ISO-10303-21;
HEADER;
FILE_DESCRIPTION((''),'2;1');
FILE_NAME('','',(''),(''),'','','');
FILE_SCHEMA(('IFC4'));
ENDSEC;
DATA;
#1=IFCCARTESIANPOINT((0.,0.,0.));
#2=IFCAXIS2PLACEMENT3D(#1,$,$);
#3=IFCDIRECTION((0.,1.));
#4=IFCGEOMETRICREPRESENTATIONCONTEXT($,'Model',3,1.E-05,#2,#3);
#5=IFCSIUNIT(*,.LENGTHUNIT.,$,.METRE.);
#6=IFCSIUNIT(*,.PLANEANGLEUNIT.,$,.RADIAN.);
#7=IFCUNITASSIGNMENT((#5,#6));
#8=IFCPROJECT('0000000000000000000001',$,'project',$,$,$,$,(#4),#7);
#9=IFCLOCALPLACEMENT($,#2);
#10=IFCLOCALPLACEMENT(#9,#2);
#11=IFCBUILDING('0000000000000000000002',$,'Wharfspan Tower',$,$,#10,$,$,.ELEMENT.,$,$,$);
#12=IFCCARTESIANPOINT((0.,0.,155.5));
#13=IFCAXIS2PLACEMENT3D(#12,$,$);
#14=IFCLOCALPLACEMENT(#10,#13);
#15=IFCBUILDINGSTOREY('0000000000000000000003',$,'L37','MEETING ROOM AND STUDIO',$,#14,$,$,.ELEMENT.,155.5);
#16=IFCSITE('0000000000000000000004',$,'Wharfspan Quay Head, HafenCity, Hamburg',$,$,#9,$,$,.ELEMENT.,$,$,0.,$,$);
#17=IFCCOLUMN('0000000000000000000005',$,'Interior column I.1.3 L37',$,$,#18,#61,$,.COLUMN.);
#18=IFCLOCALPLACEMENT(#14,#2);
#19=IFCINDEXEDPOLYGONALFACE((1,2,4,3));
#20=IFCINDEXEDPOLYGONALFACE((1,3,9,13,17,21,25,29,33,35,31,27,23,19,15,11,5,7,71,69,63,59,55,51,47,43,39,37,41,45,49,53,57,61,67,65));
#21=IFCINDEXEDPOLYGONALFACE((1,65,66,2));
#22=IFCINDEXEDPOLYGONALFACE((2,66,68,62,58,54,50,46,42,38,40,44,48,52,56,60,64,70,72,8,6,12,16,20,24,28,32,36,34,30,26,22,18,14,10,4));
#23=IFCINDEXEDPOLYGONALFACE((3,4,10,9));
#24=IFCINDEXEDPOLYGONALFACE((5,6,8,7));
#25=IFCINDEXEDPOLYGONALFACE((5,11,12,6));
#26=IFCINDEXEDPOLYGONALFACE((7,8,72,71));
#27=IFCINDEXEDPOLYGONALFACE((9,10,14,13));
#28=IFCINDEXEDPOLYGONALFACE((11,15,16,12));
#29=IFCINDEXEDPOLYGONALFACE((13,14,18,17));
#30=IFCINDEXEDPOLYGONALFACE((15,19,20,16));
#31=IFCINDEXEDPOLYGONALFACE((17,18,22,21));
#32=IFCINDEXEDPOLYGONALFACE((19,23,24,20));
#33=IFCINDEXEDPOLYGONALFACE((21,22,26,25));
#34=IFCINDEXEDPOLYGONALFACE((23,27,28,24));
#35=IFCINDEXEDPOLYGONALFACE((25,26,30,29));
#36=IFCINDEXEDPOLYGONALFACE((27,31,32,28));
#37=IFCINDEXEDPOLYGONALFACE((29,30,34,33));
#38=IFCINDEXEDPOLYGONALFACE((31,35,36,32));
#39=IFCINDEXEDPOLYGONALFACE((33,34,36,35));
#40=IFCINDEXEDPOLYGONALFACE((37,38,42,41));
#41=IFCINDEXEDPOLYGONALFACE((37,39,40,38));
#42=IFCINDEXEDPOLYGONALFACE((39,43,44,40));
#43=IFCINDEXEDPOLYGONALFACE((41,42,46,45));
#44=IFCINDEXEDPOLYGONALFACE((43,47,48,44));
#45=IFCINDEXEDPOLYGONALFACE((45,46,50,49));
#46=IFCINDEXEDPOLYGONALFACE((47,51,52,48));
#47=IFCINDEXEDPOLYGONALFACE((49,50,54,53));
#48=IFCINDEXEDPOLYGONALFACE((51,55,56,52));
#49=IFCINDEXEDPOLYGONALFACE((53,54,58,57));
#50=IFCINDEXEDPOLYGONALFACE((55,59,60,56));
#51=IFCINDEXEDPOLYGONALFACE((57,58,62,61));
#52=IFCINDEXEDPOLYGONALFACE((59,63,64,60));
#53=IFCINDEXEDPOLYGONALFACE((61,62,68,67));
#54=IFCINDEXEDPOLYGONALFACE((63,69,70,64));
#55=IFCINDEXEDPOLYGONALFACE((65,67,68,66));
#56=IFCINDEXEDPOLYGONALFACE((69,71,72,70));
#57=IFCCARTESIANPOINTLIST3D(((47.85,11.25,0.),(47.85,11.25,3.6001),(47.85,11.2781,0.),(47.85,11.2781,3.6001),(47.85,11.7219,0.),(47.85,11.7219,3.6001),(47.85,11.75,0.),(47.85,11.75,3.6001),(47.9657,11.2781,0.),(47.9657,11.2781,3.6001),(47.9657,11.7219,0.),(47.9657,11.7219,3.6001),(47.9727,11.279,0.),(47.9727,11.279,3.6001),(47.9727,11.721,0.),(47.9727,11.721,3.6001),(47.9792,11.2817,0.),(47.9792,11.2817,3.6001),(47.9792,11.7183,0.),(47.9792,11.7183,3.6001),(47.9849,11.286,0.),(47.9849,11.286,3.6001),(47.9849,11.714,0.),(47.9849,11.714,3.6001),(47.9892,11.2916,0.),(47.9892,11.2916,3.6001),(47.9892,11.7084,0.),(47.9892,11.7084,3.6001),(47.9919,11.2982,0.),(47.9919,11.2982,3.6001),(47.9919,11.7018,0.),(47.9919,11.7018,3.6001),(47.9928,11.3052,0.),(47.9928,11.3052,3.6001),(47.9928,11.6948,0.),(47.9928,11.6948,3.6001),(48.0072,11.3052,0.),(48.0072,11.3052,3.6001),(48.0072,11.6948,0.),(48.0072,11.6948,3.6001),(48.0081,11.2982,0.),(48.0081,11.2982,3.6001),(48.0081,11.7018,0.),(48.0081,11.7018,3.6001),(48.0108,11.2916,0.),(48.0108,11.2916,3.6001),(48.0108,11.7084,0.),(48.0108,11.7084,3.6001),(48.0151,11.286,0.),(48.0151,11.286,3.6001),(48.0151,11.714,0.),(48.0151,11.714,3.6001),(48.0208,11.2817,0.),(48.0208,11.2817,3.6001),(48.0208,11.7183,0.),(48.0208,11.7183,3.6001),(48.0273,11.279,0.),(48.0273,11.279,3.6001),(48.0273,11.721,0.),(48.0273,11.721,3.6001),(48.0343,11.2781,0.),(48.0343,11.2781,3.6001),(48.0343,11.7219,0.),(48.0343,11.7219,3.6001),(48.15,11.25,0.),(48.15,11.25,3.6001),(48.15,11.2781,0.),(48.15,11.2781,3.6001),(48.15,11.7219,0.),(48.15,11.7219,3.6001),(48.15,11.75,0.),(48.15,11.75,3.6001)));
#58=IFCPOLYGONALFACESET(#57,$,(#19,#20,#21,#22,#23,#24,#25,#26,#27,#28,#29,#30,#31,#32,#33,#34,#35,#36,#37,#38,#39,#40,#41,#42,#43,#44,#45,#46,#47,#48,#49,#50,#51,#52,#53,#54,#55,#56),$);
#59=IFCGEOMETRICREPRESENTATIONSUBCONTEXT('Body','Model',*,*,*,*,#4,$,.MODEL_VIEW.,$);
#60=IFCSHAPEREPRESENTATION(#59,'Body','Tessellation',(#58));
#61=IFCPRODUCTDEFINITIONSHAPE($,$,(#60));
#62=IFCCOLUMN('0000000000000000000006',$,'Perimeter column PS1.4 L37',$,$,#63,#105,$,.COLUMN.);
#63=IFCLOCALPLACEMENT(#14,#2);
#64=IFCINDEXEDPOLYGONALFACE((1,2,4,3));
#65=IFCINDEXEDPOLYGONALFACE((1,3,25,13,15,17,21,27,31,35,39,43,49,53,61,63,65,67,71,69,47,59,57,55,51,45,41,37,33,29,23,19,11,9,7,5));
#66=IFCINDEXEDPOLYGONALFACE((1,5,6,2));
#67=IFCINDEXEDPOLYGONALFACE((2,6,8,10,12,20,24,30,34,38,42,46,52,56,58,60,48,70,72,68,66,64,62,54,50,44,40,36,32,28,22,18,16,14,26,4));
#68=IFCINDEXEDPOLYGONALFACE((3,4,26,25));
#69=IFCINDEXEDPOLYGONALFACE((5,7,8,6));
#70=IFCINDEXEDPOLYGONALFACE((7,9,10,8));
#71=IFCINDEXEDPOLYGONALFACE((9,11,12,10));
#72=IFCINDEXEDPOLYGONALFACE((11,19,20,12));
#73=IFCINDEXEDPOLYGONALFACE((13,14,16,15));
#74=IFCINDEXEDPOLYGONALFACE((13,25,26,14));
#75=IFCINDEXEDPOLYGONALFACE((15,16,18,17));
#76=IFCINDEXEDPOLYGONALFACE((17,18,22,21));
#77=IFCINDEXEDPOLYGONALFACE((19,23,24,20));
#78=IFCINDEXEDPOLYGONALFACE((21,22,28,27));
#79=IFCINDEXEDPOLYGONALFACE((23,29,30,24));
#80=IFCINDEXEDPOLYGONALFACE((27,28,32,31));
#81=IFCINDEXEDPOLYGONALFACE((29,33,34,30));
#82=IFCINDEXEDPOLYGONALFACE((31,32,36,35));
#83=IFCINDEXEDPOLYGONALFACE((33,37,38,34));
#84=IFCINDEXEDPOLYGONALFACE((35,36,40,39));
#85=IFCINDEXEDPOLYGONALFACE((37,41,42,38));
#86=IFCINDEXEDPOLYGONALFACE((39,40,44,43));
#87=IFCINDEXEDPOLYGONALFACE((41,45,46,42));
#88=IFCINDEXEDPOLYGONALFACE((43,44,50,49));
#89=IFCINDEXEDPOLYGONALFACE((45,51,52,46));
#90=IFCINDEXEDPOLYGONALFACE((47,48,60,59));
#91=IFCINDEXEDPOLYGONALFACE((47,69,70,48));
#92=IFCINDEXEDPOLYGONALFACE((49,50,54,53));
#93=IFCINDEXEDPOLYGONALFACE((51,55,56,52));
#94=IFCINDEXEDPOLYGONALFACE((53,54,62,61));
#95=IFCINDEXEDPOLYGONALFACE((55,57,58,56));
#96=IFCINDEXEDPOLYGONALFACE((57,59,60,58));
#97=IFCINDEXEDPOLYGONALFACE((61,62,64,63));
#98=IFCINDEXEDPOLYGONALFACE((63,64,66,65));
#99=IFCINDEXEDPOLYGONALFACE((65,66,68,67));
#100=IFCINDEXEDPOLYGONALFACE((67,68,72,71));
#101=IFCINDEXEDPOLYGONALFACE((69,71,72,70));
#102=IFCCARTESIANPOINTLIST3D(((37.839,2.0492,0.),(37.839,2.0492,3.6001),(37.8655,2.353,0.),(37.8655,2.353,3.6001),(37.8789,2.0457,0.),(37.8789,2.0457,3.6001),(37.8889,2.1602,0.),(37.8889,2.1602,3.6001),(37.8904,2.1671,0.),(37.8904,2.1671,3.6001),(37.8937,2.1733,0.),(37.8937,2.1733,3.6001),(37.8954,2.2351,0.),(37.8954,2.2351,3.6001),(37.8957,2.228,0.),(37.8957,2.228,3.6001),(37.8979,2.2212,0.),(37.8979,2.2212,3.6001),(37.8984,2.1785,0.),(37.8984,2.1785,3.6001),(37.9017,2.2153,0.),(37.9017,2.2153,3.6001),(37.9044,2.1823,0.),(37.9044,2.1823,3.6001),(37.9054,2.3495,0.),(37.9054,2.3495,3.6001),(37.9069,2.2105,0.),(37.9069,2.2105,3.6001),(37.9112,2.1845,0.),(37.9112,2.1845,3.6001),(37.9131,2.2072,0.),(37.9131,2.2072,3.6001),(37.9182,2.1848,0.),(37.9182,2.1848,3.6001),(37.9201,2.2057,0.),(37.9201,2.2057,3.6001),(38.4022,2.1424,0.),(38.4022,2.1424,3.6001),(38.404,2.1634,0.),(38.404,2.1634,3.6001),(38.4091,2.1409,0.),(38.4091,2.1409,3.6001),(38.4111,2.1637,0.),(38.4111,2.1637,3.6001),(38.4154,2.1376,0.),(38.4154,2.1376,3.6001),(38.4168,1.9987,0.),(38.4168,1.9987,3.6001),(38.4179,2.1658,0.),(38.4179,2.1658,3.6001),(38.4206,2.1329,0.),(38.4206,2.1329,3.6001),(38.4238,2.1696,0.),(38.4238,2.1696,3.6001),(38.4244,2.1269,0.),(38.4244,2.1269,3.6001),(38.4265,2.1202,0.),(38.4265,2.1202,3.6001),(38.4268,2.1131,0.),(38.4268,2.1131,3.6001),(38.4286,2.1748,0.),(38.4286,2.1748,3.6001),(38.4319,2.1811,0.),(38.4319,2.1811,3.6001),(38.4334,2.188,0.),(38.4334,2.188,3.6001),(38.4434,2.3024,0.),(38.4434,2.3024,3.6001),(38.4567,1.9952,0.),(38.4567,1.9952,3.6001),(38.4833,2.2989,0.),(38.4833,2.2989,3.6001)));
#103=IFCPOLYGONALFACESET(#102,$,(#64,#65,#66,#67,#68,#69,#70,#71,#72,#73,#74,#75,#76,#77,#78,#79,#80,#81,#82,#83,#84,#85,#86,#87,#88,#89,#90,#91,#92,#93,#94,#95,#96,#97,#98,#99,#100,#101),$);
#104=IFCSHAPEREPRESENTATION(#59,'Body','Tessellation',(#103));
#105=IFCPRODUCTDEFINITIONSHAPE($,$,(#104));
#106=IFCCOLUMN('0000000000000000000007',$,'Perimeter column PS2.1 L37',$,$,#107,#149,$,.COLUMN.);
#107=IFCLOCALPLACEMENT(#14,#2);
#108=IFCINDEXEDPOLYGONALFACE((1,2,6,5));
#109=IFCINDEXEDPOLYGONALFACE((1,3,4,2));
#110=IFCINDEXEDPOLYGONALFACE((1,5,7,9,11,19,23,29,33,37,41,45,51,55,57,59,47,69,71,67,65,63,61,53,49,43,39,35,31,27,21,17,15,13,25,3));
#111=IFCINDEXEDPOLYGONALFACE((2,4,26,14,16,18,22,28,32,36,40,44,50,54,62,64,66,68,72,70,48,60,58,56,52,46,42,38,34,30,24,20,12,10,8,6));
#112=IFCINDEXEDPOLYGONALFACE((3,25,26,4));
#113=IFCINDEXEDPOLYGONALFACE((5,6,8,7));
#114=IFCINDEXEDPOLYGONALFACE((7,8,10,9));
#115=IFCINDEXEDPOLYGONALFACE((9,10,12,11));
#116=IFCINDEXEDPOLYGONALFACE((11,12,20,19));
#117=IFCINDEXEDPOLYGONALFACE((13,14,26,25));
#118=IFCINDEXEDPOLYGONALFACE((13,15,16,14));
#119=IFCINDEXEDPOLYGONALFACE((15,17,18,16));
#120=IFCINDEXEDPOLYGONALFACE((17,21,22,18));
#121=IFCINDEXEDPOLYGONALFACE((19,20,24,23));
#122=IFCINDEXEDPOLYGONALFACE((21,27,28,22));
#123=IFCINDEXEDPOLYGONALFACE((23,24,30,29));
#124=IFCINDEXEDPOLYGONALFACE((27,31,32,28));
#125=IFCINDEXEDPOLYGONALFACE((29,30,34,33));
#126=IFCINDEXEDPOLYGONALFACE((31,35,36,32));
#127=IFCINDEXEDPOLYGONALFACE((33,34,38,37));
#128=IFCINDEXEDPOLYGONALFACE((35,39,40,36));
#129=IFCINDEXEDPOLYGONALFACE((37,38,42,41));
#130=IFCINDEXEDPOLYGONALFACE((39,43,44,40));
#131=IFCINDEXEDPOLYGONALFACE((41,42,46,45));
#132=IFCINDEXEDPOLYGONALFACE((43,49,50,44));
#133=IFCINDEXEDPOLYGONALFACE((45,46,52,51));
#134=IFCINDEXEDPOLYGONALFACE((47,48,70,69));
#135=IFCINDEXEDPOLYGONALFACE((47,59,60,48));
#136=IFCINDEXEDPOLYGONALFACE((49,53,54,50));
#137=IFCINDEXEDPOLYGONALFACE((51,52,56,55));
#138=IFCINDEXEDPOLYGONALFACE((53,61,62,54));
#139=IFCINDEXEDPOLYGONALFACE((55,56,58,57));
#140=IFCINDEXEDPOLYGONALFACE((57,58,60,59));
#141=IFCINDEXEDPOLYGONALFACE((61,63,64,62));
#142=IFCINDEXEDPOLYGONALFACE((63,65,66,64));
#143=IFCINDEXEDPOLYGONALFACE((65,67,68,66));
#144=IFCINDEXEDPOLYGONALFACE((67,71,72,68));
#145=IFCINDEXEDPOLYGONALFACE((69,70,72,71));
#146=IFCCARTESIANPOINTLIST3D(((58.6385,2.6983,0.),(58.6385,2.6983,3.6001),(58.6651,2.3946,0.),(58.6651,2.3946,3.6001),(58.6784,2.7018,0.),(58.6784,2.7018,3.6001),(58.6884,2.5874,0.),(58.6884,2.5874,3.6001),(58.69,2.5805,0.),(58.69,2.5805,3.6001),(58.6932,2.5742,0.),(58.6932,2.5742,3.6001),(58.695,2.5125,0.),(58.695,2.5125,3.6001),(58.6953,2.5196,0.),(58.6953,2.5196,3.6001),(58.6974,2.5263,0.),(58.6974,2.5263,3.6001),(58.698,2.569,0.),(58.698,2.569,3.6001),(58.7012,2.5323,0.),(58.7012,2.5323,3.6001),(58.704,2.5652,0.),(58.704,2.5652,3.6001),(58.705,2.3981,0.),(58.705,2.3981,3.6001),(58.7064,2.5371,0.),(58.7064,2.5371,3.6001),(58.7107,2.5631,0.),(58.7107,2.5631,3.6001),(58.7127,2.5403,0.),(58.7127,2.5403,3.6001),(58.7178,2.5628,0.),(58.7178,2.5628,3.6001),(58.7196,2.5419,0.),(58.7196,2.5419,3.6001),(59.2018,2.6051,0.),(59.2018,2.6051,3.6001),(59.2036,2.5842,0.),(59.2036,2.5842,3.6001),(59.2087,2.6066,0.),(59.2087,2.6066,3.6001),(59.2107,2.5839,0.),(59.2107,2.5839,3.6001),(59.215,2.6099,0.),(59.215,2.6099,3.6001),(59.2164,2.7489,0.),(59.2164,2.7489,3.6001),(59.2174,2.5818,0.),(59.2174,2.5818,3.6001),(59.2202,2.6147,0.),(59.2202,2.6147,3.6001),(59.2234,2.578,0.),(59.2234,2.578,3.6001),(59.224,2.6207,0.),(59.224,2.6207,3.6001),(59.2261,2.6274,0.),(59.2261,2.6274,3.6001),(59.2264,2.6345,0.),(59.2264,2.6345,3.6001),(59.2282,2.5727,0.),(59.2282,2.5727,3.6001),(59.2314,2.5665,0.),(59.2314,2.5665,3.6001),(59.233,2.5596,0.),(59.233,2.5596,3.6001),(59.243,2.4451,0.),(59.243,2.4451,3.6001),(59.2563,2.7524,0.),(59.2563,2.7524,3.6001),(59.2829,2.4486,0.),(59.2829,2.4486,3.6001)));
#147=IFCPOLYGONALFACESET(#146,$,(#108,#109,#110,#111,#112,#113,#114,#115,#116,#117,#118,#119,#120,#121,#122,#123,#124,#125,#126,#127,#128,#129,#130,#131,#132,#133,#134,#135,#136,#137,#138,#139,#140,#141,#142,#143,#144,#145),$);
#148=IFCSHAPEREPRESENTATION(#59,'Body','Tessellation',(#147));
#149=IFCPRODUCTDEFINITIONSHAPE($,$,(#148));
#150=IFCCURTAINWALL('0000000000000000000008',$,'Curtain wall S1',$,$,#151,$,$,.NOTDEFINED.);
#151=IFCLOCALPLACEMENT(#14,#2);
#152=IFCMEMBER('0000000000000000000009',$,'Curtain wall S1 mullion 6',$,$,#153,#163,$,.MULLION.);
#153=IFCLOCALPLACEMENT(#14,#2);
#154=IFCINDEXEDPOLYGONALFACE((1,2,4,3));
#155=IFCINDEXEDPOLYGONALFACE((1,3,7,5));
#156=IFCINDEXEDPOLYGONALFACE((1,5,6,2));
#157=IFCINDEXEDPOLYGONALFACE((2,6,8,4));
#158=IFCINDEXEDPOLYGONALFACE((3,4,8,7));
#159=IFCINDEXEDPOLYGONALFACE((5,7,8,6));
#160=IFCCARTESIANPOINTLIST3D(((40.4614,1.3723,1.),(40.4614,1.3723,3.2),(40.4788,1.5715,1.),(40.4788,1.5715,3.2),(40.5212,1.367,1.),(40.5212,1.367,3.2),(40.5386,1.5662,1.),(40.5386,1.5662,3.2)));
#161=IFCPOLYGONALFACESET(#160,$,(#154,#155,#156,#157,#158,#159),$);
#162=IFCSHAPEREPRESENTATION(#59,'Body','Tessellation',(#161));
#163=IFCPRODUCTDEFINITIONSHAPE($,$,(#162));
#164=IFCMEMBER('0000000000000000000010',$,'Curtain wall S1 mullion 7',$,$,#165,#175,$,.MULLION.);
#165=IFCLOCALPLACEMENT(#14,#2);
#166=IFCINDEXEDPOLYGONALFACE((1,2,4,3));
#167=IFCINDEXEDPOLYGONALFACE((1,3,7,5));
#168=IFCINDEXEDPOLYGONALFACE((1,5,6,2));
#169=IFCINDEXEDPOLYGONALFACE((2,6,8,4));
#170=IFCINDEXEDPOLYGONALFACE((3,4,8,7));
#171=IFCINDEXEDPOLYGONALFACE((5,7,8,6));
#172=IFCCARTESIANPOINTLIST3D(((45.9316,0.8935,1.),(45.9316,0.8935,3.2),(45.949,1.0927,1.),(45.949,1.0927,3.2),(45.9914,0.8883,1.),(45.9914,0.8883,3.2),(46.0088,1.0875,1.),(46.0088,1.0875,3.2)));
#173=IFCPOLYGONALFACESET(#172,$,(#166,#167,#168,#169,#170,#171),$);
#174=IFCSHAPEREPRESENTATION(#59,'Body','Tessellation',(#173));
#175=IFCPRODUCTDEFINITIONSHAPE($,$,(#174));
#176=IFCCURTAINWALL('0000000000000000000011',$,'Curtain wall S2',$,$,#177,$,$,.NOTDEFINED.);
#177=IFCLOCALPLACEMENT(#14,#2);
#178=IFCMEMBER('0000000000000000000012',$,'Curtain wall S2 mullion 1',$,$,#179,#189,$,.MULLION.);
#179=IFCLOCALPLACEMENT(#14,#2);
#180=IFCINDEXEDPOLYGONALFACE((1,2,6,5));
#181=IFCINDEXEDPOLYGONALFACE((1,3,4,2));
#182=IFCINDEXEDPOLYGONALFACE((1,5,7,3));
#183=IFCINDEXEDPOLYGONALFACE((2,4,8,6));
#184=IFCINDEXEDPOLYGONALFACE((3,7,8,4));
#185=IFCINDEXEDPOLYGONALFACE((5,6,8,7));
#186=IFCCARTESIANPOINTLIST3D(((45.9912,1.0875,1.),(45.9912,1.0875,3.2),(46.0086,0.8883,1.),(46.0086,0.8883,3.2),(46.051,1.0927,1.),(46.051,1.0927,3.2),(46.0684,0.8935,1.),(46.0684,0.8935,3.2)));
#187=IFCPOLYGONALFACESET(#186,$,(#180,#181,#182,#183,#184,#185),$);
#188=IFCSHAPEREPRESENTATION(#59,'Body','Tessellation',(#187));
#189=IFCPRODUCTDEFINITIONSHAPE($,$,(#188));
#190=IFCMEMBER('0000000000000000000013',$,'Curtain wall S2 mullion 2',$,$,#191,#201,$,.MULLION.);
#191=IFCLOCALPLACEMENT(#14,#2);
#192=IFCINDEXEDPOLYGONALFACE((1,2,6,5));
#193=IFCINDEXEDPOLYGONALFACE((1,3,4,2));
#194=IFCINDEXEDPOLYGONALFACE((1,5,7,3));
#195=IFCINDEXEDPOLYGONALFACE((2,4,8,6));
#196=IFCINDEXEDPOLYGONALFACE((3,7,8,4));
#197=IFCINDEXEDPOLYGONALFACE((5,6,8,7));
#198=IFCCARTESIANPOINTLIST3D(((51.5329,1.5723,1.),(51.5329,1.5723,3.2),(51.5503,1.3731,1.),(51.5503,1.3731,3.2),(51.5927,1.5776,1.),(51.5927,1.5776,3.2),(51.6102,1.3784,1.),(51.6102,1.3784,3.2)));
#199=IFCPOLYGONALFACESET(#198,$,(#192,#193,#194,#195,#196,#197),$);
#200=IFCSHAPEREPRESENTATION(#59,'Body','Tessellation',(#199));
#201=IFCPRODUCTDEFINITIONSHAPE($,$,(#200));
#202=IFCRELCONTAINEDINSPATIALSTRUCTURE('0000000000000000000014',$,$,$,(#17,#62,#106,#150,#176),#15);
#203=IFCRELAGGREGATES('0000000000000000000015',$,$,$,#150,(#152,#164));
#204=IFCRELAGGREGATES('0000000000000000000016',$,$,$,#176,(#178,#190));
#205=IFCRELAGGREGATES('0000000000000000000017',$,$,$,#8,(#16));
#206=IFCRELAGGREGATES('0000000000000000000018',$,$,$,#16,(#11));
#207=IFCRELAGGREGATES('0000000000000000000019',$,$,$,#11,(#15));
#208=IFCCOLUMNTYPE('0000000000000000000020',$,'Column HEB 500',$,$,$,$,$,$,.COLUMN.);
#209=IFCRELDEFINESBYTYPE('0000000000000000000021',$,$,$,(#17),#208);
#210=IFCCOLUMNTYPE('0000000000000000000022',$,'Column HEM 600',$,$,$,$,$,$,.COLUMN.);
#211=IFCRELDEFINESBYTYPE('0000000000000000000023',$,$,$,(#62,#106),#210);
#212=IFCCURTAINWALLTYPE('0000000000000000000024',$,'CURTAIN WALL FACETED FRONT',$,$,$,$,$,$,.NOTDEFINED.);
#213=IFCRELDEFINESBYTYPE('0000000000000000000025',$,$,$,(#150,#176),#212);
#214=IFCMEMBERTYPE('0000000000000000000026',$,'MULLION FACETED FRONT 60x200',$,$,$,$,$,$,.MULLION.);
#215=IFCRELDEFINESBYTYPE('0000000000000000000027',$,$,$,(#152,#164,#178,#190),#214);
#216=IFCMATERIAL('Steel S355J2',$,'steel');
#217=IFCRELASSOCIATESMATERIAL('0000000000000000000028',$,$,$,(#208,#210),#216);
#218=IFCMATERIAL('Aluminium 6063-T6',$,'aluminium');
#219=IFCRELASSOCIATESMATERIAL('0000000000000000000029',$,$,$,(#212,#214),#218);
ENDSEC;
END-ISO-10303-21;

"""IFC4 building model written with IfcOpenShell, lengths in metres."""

from ifc_helpers import new_model, si_unit, direction, frame, origin, origin_2d, place, context, subcontext, project, spatial, rectangle, i_section, extrude, material, material_profile, profile_set, type_object, element, aggregate, save


model = new_model("IFC4")

# Units and contexts
model_context = context("Model", 3, precision=1e-05, world=origin(), true_north=direction((0.0, 1.0)))
body_context = subcontext(model_context, "Body", "Model", "MODEL_VIEW")
ifc_project = project(units=[si_unit("LENGTHUNIT", "METRE"), si_unit("PLANEANGLEUNIT", "RADIAN")], contexts=[model_context])

# Site, building, storey
site_placement = place(None, origin())
site = spatial("IfcSite", under=ifc_project, at=site_placement, Name="Wharfspan Quay Head, HafenCity, Hamburg", CompositionType="ELEMENT", RefElevation=0.0)
building_placement = place(site_placement, origin())
building = spatial("IfcBuilding", under=site, at=building_placement, Name="Wharfspan Tower", CompositionType="ELEMENT")
storey_placement = place(building_placement, frame((0.0, 0.0, 155.5)))
storey = spatial("IfcBuildingStorey", under=building, at=storey_placement, Name="L37", Description="MEETING ROOM AND STUDIO", CompositionType="ELEMENT", Elevation=155.5)

# Columns
ifc_material_1 = material(Name="Steel S355J2", Category="steel")
ifc_material_profile_1 = material_profile(ifc_material_1, i_section(OverallWidth=0.3, OverallDepth=0.5, WebThickness=0.0144, FlangeThickness=0.0281, FilletRadius=0.0271, at=origin_2d()))
ifc_profile_set_1 = profile_set([ifc_material_profile_1], Name="Steel S355J2")
column_type_1 = type_object("IfcColumnType", Name="Column HEB 500", PredefinedType="COLUMN", material=ifc_profile_set_1)
column_placement = place(storey_placement, frame((48.0, 11.5, 0.0), z_axis=(0.0, 0.0, 1.0), x_axis=(1.0, 0.0, 0.0)))
element("IfcColumn", 1, at=column_placement, inside=storey, type_object=column_type_1, Name="Interior column I.1.3 L37", PredefinedType="COLUMN", context=body_context, shape_type="SweptSolid", body=[
    extrude(i_section(OverallWidth=0.3, OverallDepth=0.5, WebThickness=0.0144, FlangeThickness=0.0281, FilletRadius=0.0271, at=origin_2d()), origin(), (0.0, 0.0, 1.0), 3.6001),
])
ifc_material_profile_2 = material_profile(ifc_material_1, i_section(OverallWidth=0.3049, OverallDepth=0.6201, WebThickness=0.021, FlangeThickness=0.04, FilletRadius=0.0271, at=origin_2d()))
ifc_profile_set_2 = profile_set([ifc_material_profile_2], Name="Steel S355J2")
column_type_2 = type_object("IfcColumnType", Name="Column HEM 600", PredefinedType="COLUMN", material=ifc_profile_set_2)
for number, where, z_axis, x_axis, name in (
    (2, (38.1611, 2.1741, 0.0), (0.0, 0.0, 1.0), (-0.087156, -0.996198, 0.0), "Perimeter column PS1.4 L37"),
    (3, (58.9607, 2.5735, 0.0), (0.0, 0.0, 1.0), (0.087156, -0.996198, 0.0), "Perimeter column PS2.1 L37"),
):
    element("IfcColumn", number, at=place(storey_placement, frame(where, z_axis=z_axis, x_axis=x_axis)), inside=storey, type_object=column_type_2, Name=name, PredefinedType="COLUMN", context=body_context, shape_type="SweptSolid", body=[
        extrude(i_section(OverallWidth=0.3049, OverallDepth=0.6201, WebThickness=0.021, FlangeThickness=0.04, FilletRadius=0.0271, at=origin_2d()), origin(), (0.0, 0.0, 1.0), 3.6001),
    ])

# Curtain walls, members
ifc_material_2 = material(Name="Aluminium 6063-T6", Category="aluminium")
curtain_wall_type = type_object("IfcCurtainWallType", Name="CURTAIN WALL FACETED FRONT", PredefinedType="NOTDEFINED", material=ifc_material_2)
curtain_wall_1_placement = place(storey_placement, origin())
curtain_wall_1 = element("IfcCurtainWall", 4, at=curtain_wall_1_placement, inside=storey, type_object=curtain_wall_type, Name="Curtain wall S1", PredefinedType="NOTDEFINED")
ifc_material_profile_3 = material_profile(ifc_material_2, rectangle(XDim=0.2, YDim=0.0601, at=origin_2d()))
ifc_profile_set_3 = profile_set([ifc_material_profile_3], Name="Aluminium 6063-T6")
member_type_1 = type_object("IfcMemberType", Name="MULLION FACETED FRONT 60x200", PredefinedType="MULLION", material=ifc_profile_set_3)
member_1_placement = place(storey_placement, frame((40.5, 1.4692, 1.0), z_axis=(0.0, 0.0, 1.0), x_axis=(0.087156, 0.996198, 0.0)))
member_1 = element("IfcMember", 5, at=member_1_placement, type_object=member_type_1, Name="Curtain wall S1 mullion 6", PredefinedType="MULLION", context=body_context, shape_type="SweptSolid", body=[
    extrude(rectangle(XDim=0.2, YDim=0.0601, at=origin_2d()), origin(), (0.0, 0.0, 1.0), 2.2),
])
member_2_placement = place(storey_placement, frame((45.9702, 0.9905, 1.0), z_axis=(0.0, 0.0, 1.0), x_axis=(0.087156, 0.996198, 0.0)))
member_2 = element("IfcMember", 6, at=member_2_placement, type_object=member_type_1, Name="Curtain wall S1 mullion 7", PredefinedType="MULLION", context=body_context, shape_type="SweptSolid", body=[
    extrude(rectangle(XDim=0.2, YDim=0.0601, at=origin_2d()), origin(), (0.0, 0.0, 1.0), 2.2),
])
curtain_wall_2_placement = place(storey_placement, origin())
curtain_wall_2 = element("IfcCurtainWall", 7, at=curtain_wall_2_placement, inside=storey, type_object=curtain_wall_type, Name="Curtain wall S2", PredefinedType="NOTDEFINED")
member_3_placement = place(storey_placement, frame((46.0298, 0.9905, 1.0), z_axis=(0.0, 0.0, 1.0), x_axis=(-0.087156, 0.996198, 0.0)))
member_3 = element("IfcMember", 8, at=member_3_placement, type_object=member_type_1, Name="Curtain wall S2 mullion 1", PredefinedType="MULLION", context=body_context, shape_type="SweptSolid", body=[
    extrude(rectangle(XDim=0.2, YDim=0.0601, at=origin_2d()), origin(), (0.0, 0.0, 1.0), 2.2),
])
member_4_placement = place(storey_placement, frame((51.5715, 1.4753, 1.0), z_axis=(0.0, 0.0, 1.0), x_axis=(-0.087156, 0.996198, 0.0)))
member_4 = element("IfcMember", 9, at=member_4_placement, type_object=member_type_1, Name="Curtain wall S2 mullion 2", PredefinedType="MULLION", context=body_context, shape_type="SweptSolid", body=[
    extrude(rectangle(XDim=0.2, YDim=0.0601, at=origin_2d()), origin(), (0.0, 0.0, 1.0), 2.2),
])

aggregate(curtain_wall_1, [member_1, member_2])
aggregate(curtain_wall_2, [member_3, member_4])

save(model, "model.ifc")
